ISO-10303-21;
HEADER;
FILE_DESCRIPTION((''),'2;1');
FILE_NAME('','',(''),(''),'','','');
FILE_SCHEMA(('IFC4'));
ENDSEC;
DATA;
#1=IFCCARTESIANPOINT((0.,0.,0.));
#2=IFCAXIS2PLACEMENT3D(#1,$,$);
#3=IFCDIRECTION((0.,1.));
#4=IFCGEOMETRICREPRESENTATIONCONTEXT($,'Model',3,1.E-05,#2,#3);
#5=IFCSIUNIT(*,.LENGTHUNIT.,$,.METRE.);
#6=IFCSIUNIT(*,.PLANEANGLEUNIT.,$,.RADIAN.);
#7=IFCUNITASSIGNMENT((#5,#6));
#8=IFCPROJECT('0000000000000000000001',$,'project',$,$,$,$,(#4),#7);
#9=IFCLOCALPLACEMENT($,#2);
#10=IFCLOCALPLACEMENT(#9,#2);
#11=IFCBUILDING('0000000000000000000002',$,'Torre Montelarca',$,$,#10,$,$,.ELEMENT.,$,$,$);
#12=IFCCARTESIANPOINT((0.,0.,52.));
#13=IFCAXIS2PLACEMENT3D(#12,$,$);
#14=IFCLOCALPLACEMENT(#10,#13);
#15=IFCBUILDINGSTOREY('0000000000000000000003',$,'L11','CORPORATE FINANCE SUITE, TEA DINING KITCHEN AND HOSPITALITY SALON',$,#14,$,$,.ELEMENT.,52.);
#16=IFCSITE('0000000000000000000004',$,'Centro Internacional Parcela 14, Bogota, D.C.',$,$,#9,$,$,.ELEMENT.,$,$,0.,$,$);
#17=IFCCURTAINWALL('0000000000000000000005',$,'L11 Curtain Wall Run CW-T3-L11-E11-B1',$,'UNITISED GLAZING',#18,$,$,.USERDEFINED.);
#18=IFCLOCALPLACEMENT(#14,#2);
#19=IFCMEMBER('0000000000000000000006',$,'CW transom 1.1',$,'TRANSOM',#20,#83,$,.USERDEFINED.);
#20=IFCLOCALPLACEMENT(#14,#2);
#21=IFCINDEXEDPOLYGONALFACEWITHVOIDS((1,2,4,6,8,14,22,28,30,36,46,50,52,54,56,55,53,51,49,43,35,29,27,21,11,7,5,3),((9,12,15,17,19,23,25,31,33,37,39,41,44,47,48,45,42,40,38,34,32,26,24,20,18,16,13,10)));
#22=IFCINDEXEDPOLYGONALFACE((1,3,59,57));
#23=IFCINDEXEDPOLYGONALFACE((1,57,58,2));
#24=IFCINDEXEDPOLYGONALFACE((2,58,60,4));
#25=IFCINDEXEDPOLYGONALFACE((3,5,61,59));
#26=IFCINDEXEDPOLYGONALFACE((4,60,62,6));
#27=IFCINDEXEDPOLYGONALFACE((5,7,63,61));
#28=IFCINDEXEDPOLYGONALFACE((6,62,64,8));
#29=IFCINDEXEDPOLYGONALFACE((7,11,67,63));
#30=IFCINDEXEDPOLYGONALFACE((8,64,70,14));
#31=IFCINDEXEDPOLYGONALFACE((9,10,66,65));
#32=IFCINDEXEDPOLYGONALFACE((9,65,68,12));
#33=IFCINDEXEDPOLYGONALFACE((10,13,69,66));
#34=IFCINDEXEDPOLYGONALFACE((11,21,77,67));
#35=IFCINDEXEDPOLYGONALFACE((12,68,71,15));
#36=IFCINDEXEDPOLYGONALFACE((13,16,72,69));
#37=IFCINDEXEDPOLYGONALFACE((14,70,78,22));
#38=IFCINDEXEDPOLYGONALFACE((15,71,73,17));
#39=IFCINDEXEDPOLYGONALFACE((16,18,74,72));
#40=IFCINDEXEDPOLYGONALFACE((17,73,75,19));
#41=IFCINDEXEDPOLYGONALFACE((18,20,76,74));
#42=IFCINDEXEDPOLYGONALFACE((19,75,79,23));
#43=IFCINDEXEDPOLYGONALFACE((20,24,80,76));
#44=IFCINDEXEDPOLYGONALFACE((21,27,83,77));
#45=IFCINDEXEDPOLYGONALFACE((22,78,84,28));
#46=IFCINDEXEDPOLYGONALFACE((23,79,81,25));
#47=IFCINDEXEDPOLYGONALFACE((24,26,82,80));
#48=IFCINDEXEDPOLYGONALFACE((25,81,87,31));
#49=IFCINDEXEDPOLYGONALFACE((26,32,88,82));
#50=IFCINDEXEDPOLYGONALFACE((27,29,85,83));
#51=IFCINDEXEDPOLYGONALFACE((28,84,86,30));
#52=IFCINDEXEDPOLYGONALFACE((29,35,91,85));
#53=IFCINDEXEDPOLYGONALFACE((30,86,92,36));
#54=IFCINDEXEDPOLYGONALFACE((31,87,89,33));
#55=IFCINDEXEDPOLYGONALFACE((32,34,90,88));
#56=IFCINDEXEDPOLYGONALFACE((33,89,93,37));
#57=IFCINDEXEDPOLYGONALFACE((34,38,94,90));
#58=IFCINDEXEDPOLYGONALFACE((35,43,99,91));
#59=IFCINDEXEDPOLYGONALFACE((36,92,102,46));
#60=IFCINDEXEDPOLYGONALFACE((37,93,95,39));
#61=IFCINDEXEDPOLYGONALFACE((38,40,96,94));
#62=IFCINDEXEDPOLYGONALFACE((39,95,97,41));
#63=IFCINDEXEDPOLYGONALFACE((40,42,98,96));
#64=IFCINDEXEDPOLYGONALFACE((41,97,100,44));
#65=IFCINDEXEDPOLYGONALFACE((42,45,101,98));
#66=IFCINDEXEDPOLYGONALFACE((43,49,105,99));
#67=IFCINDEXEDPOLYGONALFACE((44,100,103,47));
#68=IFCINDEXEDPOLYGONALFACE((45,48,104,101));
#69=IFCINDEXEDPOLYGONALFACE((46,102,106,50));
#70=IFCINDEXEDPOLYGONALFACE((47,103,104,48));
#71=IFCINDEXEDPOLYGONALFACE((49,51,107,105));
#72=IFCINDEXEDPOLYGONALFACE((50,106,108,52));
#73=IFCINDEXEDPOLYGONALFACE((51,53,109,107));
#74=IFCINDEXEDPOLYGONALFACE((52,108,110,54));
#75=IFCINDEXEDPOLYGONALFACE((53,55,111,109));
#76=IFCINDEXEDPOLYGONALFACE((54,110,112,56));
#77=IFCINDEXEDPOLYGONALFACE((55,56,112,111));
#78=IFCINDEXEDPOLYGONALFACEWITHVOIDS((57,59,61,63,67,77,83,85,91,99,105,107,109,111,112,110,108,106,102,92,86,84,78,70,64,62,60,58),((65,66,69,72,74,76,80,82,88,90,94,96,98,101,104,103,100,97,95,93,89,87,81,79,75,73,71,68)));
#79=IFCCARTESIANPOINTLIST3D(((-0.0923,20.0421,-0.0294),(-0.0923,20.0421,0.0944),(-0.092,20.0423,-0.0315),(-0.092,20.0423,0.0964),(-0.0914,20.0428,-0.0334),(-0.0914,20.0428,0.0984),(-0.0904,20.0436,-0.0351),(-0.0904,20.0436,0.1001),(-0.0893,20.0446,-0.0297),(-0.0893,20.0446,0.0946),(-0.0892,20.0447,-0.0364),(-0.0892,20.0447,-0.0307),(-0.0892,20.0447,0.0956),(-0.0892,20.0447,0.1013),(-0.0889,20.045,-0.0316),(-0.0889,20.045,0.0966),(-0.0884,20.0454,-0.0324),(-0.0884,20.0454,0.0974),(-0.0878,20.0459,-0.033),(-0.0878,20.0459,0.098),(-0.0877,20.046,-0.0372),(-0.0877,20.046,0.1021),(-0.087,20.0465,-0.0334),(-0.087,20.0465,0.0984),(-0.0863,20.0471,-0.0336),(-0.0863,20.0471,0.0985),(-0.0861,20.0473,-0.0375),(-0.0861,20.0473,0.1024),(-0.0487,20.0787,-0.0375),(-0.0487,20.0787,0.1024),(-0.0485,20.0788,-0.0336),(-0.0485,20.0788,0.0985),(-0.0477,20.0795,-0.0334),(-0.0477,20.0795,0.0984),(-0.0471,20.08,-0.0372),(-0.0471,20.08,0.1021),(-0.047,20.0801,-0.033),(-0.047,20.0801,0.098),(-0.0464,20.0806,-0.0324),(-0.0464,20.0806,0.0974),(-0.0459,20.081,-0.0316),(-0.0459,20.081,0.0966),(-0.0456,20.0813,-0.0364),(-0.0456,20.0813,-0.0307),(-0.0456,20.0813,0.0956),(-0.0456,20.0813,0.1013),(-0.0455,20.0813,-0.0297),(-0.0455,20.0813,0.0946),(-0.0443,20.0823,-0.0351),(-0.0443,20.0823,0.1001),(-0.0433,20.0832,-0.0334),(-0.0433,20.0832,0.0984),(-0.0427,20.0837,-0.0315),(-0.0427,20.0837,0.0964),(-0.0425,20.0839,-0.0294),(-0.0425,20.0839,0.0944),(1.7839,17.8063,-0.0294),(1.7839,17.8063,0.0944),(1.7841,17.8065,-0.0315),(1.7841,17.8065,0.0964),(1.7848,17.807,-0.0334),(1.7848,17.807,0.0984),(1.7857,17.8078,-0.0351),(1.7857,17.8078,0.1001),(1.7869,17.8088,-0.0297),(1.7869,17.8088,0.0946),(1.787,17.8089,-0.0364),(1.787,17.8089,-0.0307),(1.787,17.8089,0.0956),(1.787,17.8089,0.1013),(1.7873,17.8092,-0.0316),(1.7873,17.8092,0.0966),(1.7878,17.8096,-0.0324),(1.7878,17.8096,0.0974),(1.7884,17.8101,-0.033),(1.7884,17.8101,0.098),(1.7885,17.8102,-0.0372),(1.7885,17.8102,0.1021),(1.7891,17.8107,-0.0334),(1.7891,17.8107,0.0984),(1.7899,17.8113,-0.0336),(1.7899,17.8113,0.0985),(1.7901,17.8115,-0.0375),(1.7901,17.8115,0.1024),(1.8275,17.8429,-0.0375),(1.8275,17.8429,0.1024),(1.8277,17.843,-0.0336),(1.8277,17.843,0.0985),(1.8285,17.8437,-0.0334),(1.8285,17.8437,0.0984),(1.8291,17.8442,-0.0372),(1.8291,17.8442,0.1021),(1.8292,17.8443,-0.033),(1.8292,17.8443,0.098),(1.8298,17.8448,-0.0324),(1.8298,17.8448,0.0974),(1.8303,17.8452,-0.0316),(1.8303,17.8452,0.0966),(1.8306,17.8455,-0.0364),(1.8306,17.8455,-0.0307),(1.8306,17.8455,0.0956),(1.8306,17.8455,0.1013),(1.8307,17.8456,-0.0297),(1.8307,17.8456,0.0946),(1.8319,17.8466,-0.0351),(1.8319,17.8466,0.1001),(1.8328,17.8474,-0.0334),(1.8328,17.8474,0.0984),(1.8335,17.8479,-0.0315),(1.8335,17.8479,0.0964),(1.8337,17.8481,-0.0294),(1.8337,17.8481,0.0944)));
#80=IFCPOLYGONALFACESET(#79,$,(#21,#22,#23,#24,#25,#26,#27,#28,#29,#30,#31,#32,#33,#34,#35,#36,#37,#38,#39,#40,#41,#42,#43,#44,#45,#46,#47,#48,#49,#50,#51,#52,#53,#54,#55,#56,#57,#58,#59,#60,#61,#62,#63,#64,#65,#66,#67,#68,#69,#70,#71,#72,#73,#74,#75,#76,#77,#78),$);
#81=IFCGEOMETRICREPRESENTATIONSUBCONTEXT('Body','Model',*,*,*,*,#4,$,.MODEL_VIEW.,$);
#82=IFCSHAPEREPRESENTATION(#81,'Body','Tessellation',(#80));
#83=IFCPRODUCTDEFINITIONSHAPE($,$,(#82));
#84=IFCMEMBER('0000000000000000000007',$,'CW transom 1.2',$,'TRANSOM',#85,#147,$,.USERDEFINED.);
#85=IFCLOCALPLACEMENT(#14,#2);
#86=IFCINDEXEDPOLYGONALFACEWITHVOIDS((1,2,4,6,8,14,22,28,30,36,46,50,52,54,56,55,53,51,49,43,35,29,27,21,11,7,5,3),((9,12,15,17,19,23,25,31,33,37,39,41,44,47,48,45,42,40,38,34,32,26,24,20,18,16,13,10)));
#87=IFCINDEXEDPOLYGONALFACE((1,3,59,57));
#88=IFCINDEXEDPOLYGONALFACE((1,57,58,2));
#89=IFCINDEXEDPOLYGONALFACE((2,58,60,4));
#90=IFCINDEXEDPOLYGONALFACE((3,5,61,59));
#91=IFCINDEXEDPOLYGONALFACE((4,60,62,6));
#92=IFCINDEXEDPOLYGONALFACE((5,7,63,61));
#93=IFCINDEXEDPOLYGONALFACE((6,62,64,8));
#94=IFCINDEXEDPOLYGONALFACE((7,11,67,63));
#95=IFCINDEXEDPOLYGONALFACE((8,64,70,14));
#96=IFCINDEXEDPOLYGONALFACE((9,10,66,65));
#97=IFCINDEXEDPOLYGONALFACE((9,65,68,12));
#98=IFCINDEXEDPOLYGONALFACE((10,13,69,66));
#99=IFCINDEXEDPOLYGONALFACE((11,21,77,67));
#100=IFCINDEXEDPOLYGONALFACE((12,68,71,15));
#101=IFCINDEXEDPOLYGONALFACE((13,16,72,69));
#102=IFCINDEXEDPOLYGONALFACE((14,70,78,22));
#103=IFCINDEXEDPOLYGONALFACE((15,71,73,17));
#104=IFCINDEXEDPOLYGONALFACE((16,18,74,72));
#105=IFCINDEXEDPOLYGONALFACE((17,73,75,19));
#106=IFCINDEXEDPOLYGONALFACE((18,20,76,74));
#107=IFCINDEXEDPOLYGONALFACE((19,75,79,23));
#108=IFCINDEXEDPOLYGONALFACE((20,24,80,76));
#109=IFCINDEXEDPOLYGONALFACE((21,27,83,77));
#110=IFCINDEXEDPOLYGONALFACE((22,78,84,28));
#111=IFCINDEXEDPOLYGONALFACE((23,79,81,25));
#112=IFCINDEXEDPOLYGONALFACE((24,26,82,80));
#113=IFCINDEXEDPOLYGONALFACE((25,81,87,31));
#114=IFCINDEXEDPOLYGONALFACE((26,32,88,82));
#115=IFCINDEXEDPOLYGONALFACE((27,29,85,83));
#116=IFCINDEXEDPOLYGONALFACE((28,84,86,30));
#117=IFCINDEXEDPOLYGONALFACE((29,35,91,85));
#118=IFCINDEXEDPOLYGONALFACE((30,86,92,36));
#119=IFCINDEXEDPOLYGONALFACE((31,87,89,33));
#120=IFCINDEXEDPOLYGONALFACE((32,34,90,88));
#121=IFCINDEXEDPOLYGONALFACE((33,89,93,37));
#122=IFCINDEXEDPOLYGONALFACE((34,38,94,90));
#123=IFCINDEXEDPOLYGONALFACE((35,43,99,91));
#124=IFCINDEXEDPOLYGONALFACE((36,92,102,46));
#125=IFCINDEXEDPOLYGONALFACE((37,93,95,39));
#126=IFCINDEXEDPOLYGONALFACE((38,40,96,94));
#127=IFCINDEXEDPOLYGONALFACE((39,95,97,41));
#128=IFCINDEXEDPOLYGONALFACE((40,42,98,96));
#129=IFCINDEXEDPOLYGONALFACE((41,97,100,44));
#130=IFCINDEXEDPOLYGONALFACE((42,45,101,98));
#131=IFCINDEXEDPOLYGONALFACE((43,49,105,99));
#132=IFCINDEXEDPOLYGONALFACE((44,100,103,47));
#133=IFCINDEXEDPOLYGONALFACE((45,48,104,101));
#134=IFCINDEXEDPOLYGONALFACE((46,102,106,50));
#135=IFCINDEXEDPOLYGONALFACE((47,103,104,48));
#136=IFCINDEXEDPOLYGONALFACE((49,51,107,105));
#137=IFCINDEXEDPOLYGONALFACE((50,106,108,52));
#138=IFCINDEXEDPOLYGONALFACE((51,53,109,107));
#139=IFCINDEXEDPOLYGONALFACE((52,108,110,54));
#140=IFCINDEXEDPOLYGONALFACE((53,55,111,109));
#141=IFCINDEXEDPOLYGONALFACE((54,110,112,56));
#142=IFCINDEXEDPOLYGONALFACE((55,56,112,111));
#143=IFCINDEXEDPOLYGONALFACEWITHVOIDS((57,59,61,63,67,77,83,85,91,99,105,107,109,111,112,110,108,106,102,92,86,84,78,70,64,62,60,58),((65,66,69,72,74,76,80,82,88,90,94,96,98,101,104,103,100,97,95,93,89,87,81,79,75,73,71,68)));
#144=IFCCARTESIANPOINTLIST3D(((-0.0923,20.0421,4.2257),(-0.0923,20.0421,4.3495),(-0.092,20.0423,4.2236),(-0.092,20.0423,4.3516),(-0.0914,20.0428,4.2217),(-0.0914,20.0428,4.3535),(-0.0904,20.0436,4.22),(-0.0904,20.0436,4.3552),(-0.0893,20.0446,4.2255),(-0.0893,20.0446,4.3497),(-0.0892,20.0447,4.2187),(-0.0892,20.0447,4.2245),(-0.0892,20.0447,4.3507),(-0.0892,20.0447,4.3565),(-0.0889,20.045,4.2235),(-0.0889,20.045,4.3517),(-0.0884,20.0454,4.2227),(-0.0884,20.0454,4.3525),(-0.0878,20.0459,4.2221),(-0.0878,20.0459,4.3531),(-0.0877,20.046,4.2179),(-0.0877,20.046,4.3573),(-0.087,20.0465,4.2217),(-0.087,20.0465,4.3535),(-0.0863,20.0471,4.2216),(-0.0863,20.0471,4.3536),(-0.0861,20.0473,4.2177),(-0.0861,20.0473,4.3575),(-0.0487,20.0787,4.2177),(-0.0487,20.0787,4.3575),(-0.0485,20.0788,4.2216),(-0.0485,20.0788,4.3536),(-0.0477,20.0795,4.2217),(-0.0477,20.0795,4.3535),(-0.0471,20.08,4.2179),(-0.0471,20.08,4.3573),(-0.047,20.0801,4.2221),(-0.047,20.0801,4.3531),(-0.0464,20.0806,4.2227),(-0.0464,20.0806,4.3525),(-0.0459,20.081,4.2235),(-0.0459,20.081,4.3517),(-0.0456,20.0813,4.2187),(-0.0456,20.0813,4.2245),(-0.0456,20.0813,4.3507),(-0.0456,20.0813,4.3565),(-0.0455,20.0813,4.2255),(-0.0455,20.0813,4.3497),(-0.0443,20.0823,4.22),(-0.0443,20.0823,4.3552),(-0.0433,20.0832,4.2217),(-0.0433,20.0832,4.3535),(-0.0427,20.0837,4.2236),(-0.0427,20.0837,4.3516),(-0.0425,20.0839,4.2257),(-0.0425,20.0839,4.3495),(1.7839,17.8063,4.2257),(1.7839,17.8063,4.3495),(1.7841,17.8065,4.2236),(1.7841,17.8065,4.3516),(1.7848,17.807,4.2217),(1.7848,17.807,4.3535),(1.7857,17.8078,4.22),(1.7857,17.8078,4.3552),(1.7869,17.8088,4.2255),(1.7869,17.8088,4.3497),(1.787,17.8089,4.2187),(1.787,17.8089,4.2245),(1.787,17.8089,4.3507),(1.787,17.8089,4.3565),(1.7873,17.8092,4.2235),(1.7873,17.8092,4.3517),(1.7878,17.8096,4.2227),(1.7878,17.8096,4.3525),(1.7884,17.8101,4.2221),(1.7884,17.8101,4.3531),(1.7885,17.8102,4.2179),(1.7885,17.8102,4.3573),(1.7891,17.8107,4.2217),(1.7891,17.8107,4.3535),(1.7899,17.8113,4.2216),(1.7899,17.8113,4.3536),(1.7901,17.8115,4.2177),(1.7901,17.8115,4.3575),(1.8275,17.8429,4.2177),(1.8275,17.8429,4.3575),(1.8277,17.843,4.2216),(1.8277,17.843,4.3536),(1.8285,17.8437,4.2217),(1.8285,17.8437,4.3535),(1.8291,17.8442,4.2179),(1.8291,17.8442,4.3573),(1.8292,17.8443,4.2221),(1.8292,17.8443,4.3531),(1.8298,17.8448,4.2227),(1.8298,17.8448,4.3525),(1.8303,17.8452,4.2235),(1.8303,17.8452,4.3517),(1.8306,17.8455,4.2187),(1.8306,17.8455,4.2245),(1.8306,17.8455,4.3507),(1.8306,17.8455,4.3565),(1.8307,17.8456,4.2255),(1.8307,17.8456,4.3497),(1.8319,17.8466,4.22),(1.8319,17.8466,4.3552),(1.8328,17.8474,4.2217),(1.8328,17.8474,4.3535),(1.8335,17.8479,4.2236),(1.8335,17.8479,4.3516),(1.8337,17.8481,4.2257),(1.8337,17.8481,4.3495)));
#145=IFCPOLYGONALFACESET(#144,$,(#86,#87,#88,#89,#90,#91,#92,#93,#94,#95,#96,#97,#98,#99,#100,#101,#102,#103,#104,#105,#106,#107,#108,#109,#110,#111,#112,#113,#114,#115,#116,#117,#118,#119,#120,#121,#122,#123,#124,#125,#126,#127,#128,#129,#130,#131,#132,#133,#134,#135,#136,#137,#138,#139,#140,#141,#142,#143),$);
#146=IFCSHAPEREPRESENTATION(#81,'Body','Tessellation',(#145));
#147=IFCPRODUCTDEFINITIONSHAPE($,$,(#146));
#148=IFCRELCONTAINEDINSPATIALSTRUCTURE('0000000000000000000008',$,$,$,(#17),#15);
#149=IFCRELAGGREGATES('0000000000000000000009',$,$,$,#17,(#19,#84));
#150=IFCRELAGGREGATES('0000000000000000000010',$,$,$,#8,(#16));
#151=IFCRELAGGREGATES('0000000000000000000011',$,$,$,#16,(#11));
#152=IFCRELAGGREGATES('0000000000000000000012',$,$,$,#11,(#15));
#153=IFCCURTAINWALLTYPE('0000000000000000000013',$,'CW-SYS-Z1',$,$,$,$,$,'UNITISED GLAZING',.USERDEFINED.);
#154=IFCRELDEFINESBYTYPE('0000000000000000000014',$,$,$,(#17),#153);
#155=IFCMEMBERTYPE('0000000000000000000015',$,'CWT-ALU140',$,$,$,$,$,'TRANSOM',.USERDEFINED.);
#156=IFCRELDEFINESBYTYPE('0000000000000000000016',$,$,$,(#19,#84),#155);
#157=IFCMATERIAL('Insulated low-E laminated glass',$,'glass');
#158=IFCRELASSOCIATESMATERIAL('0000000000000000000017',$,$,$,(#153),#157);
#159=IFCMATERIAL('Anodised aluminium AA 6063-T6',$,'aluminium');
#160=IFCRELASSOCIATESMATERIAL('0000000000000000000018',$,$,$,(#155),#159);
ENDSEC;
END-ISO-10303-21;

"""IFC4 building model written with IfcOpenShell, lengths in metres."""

from ifc_helpers import new_model, si_unit, direction, frame, origin, origin_2d, place, context, subcontext, project, spatial, hollow_rectangle, extrude, source, transform, mapped, material, material_profile, profile_set, type_object, element, aggregate, save


model = new_model("IFC4")

# Units and contexts
model_context = context("Model", 3, precision=1e-05, world=origin(), true_north=direction((0.0, 1.0)))
body_context = subcontext(model_context, "Body", "Model", "MODEL_VIEW")
ifc_project = project(units=[si_unit("LENGTHUNIT", "METRE"), si_unit("PLANEANGLEUNIT", "RADIAN")], contexts=[model_context])

# Site, building, storey
site_placement = place(None, origin())
site = spatial("IfcSite", under=ifc_project, at=site_placement, Name="Centro Internacional Parcela 14, Bogota, D.C.", CompositionType="ELEMENT", RefElevation=0.0)
building_placement = place(site_placement, origin())
building = spatial("IfcBuilding", under=site, at=building_placement, Name="Torre Montelarca", CompositionType="ELEMENT")
storey_placement = place(building_placement, frame((0.0, 0.0, 52.0)))
storey = spatial("IfcBuildingStorey", under=building, at=storey_placement, Name="L11", Description="CORPORATE FINANCE SUITE, TEA DINING KITCHEN AND HOSPITALITY SALON", CompositionType="ELEMENT", Elevation=52.0)

# Shared definitions
ifc_material_1 = material(Name="Insulated low-E laminated glass", Category="glass")
curtain_wall_type = type_object("IfcCurtainWallType", Name="CW-SYS-Z1", ElementType="UNITISED GLAZING", PredefinedType="USERDEFINED", material=ifc_material_1)
ifc_material_2 = material(Name="Anodised aluminium AA 6063-T6", Category="aluminium")

# Curtain wall, members
curtain_wall_1_placement = place(storey_placement, origin())
curtain_wall_1 = element("IfcCurtainWall", 1, at=curtain_wall_1_placement, inside=storey, type_object=curtain_wall_type, Name="L11 Curtain Wall Run CW-T3-L11-E11-B1", ObjectType="UNITISED GLAZING", PredefinedType="USERDEFINED")
ifc_material_profile_1 = material_profile(ifc_material_2, hollow_rectangle(XDim=0.0649, YDim=0.1399, WallThickness=0.0039, InnerFilletRadius=0.0039, OuterFilletRadius=0.0081, at=origin_2d()), Name="ALU65X140X4", Category="aluminium")
ifc_profile_set_1 = profile_set([ifc_material_profile_1], Name="Anodised aluminium AA 6063-T6")
member_type_1 = type_object("IfcMemberType", Name="CWT-ALU140", ElementType="TRANSOM", PredefinedType="USERDEFINED", material=ifc_profile_set_1)
shared_shape_1 = source(origin(), body_context, "Body", "SweptSolid", [
    extrude(hollow_rectangle(XDim=0.0649, YDim=0.1399, WallThickness=0.0039, InnerFilletRadius=0.0039, OuterFilletRadius=0.0081, at=origin_2d()), origin(), (0.0, 0.0, 1.0), 2.9187),
])
member_1_placement = place(storey_placement, frame((-0.0674, 20.063, 0.0325), z_axis=(0.642813, -0.766023, 0.0), x_axis=(0.766023, 0.642813, 0.0)))
member_1 = element("IfcMember", 2, at=member_1_placement, type_object=member_type_1, Name="CW transom 1.1", ObjectType="TRANSOM", PredefinedType="USERDEFINED", context=body_context, shape_type="MappedRepresentation", body=[
    mapped(shared_shape_1, transform((0.0, 0.0, 0.0), scale=1.0)),
])
member_2_placement = place(storey_placement, frame((-0.0674, 20.063, 4.2876), z_axis=(0.642813, -0.766023, 0.0), x_axis=(0.766023, 0.642813, 0.0)))
member_2 = element("IfcMember", 3, at=member_2_placement, type_object=member_type_1, Name="CW transom 1.2", ObjectType="TRANSOM", PredefinedType="USERDEFINED", context=body_context, shape_type="MappedRepresentation", body=[
    mapped(shared_shape_1, transform((0.0, 0.0, 0.0), scale=1.0)),
])
aggregate(curtain_wall_1, [member_1, member_2])

save(model, "model.ifc")
